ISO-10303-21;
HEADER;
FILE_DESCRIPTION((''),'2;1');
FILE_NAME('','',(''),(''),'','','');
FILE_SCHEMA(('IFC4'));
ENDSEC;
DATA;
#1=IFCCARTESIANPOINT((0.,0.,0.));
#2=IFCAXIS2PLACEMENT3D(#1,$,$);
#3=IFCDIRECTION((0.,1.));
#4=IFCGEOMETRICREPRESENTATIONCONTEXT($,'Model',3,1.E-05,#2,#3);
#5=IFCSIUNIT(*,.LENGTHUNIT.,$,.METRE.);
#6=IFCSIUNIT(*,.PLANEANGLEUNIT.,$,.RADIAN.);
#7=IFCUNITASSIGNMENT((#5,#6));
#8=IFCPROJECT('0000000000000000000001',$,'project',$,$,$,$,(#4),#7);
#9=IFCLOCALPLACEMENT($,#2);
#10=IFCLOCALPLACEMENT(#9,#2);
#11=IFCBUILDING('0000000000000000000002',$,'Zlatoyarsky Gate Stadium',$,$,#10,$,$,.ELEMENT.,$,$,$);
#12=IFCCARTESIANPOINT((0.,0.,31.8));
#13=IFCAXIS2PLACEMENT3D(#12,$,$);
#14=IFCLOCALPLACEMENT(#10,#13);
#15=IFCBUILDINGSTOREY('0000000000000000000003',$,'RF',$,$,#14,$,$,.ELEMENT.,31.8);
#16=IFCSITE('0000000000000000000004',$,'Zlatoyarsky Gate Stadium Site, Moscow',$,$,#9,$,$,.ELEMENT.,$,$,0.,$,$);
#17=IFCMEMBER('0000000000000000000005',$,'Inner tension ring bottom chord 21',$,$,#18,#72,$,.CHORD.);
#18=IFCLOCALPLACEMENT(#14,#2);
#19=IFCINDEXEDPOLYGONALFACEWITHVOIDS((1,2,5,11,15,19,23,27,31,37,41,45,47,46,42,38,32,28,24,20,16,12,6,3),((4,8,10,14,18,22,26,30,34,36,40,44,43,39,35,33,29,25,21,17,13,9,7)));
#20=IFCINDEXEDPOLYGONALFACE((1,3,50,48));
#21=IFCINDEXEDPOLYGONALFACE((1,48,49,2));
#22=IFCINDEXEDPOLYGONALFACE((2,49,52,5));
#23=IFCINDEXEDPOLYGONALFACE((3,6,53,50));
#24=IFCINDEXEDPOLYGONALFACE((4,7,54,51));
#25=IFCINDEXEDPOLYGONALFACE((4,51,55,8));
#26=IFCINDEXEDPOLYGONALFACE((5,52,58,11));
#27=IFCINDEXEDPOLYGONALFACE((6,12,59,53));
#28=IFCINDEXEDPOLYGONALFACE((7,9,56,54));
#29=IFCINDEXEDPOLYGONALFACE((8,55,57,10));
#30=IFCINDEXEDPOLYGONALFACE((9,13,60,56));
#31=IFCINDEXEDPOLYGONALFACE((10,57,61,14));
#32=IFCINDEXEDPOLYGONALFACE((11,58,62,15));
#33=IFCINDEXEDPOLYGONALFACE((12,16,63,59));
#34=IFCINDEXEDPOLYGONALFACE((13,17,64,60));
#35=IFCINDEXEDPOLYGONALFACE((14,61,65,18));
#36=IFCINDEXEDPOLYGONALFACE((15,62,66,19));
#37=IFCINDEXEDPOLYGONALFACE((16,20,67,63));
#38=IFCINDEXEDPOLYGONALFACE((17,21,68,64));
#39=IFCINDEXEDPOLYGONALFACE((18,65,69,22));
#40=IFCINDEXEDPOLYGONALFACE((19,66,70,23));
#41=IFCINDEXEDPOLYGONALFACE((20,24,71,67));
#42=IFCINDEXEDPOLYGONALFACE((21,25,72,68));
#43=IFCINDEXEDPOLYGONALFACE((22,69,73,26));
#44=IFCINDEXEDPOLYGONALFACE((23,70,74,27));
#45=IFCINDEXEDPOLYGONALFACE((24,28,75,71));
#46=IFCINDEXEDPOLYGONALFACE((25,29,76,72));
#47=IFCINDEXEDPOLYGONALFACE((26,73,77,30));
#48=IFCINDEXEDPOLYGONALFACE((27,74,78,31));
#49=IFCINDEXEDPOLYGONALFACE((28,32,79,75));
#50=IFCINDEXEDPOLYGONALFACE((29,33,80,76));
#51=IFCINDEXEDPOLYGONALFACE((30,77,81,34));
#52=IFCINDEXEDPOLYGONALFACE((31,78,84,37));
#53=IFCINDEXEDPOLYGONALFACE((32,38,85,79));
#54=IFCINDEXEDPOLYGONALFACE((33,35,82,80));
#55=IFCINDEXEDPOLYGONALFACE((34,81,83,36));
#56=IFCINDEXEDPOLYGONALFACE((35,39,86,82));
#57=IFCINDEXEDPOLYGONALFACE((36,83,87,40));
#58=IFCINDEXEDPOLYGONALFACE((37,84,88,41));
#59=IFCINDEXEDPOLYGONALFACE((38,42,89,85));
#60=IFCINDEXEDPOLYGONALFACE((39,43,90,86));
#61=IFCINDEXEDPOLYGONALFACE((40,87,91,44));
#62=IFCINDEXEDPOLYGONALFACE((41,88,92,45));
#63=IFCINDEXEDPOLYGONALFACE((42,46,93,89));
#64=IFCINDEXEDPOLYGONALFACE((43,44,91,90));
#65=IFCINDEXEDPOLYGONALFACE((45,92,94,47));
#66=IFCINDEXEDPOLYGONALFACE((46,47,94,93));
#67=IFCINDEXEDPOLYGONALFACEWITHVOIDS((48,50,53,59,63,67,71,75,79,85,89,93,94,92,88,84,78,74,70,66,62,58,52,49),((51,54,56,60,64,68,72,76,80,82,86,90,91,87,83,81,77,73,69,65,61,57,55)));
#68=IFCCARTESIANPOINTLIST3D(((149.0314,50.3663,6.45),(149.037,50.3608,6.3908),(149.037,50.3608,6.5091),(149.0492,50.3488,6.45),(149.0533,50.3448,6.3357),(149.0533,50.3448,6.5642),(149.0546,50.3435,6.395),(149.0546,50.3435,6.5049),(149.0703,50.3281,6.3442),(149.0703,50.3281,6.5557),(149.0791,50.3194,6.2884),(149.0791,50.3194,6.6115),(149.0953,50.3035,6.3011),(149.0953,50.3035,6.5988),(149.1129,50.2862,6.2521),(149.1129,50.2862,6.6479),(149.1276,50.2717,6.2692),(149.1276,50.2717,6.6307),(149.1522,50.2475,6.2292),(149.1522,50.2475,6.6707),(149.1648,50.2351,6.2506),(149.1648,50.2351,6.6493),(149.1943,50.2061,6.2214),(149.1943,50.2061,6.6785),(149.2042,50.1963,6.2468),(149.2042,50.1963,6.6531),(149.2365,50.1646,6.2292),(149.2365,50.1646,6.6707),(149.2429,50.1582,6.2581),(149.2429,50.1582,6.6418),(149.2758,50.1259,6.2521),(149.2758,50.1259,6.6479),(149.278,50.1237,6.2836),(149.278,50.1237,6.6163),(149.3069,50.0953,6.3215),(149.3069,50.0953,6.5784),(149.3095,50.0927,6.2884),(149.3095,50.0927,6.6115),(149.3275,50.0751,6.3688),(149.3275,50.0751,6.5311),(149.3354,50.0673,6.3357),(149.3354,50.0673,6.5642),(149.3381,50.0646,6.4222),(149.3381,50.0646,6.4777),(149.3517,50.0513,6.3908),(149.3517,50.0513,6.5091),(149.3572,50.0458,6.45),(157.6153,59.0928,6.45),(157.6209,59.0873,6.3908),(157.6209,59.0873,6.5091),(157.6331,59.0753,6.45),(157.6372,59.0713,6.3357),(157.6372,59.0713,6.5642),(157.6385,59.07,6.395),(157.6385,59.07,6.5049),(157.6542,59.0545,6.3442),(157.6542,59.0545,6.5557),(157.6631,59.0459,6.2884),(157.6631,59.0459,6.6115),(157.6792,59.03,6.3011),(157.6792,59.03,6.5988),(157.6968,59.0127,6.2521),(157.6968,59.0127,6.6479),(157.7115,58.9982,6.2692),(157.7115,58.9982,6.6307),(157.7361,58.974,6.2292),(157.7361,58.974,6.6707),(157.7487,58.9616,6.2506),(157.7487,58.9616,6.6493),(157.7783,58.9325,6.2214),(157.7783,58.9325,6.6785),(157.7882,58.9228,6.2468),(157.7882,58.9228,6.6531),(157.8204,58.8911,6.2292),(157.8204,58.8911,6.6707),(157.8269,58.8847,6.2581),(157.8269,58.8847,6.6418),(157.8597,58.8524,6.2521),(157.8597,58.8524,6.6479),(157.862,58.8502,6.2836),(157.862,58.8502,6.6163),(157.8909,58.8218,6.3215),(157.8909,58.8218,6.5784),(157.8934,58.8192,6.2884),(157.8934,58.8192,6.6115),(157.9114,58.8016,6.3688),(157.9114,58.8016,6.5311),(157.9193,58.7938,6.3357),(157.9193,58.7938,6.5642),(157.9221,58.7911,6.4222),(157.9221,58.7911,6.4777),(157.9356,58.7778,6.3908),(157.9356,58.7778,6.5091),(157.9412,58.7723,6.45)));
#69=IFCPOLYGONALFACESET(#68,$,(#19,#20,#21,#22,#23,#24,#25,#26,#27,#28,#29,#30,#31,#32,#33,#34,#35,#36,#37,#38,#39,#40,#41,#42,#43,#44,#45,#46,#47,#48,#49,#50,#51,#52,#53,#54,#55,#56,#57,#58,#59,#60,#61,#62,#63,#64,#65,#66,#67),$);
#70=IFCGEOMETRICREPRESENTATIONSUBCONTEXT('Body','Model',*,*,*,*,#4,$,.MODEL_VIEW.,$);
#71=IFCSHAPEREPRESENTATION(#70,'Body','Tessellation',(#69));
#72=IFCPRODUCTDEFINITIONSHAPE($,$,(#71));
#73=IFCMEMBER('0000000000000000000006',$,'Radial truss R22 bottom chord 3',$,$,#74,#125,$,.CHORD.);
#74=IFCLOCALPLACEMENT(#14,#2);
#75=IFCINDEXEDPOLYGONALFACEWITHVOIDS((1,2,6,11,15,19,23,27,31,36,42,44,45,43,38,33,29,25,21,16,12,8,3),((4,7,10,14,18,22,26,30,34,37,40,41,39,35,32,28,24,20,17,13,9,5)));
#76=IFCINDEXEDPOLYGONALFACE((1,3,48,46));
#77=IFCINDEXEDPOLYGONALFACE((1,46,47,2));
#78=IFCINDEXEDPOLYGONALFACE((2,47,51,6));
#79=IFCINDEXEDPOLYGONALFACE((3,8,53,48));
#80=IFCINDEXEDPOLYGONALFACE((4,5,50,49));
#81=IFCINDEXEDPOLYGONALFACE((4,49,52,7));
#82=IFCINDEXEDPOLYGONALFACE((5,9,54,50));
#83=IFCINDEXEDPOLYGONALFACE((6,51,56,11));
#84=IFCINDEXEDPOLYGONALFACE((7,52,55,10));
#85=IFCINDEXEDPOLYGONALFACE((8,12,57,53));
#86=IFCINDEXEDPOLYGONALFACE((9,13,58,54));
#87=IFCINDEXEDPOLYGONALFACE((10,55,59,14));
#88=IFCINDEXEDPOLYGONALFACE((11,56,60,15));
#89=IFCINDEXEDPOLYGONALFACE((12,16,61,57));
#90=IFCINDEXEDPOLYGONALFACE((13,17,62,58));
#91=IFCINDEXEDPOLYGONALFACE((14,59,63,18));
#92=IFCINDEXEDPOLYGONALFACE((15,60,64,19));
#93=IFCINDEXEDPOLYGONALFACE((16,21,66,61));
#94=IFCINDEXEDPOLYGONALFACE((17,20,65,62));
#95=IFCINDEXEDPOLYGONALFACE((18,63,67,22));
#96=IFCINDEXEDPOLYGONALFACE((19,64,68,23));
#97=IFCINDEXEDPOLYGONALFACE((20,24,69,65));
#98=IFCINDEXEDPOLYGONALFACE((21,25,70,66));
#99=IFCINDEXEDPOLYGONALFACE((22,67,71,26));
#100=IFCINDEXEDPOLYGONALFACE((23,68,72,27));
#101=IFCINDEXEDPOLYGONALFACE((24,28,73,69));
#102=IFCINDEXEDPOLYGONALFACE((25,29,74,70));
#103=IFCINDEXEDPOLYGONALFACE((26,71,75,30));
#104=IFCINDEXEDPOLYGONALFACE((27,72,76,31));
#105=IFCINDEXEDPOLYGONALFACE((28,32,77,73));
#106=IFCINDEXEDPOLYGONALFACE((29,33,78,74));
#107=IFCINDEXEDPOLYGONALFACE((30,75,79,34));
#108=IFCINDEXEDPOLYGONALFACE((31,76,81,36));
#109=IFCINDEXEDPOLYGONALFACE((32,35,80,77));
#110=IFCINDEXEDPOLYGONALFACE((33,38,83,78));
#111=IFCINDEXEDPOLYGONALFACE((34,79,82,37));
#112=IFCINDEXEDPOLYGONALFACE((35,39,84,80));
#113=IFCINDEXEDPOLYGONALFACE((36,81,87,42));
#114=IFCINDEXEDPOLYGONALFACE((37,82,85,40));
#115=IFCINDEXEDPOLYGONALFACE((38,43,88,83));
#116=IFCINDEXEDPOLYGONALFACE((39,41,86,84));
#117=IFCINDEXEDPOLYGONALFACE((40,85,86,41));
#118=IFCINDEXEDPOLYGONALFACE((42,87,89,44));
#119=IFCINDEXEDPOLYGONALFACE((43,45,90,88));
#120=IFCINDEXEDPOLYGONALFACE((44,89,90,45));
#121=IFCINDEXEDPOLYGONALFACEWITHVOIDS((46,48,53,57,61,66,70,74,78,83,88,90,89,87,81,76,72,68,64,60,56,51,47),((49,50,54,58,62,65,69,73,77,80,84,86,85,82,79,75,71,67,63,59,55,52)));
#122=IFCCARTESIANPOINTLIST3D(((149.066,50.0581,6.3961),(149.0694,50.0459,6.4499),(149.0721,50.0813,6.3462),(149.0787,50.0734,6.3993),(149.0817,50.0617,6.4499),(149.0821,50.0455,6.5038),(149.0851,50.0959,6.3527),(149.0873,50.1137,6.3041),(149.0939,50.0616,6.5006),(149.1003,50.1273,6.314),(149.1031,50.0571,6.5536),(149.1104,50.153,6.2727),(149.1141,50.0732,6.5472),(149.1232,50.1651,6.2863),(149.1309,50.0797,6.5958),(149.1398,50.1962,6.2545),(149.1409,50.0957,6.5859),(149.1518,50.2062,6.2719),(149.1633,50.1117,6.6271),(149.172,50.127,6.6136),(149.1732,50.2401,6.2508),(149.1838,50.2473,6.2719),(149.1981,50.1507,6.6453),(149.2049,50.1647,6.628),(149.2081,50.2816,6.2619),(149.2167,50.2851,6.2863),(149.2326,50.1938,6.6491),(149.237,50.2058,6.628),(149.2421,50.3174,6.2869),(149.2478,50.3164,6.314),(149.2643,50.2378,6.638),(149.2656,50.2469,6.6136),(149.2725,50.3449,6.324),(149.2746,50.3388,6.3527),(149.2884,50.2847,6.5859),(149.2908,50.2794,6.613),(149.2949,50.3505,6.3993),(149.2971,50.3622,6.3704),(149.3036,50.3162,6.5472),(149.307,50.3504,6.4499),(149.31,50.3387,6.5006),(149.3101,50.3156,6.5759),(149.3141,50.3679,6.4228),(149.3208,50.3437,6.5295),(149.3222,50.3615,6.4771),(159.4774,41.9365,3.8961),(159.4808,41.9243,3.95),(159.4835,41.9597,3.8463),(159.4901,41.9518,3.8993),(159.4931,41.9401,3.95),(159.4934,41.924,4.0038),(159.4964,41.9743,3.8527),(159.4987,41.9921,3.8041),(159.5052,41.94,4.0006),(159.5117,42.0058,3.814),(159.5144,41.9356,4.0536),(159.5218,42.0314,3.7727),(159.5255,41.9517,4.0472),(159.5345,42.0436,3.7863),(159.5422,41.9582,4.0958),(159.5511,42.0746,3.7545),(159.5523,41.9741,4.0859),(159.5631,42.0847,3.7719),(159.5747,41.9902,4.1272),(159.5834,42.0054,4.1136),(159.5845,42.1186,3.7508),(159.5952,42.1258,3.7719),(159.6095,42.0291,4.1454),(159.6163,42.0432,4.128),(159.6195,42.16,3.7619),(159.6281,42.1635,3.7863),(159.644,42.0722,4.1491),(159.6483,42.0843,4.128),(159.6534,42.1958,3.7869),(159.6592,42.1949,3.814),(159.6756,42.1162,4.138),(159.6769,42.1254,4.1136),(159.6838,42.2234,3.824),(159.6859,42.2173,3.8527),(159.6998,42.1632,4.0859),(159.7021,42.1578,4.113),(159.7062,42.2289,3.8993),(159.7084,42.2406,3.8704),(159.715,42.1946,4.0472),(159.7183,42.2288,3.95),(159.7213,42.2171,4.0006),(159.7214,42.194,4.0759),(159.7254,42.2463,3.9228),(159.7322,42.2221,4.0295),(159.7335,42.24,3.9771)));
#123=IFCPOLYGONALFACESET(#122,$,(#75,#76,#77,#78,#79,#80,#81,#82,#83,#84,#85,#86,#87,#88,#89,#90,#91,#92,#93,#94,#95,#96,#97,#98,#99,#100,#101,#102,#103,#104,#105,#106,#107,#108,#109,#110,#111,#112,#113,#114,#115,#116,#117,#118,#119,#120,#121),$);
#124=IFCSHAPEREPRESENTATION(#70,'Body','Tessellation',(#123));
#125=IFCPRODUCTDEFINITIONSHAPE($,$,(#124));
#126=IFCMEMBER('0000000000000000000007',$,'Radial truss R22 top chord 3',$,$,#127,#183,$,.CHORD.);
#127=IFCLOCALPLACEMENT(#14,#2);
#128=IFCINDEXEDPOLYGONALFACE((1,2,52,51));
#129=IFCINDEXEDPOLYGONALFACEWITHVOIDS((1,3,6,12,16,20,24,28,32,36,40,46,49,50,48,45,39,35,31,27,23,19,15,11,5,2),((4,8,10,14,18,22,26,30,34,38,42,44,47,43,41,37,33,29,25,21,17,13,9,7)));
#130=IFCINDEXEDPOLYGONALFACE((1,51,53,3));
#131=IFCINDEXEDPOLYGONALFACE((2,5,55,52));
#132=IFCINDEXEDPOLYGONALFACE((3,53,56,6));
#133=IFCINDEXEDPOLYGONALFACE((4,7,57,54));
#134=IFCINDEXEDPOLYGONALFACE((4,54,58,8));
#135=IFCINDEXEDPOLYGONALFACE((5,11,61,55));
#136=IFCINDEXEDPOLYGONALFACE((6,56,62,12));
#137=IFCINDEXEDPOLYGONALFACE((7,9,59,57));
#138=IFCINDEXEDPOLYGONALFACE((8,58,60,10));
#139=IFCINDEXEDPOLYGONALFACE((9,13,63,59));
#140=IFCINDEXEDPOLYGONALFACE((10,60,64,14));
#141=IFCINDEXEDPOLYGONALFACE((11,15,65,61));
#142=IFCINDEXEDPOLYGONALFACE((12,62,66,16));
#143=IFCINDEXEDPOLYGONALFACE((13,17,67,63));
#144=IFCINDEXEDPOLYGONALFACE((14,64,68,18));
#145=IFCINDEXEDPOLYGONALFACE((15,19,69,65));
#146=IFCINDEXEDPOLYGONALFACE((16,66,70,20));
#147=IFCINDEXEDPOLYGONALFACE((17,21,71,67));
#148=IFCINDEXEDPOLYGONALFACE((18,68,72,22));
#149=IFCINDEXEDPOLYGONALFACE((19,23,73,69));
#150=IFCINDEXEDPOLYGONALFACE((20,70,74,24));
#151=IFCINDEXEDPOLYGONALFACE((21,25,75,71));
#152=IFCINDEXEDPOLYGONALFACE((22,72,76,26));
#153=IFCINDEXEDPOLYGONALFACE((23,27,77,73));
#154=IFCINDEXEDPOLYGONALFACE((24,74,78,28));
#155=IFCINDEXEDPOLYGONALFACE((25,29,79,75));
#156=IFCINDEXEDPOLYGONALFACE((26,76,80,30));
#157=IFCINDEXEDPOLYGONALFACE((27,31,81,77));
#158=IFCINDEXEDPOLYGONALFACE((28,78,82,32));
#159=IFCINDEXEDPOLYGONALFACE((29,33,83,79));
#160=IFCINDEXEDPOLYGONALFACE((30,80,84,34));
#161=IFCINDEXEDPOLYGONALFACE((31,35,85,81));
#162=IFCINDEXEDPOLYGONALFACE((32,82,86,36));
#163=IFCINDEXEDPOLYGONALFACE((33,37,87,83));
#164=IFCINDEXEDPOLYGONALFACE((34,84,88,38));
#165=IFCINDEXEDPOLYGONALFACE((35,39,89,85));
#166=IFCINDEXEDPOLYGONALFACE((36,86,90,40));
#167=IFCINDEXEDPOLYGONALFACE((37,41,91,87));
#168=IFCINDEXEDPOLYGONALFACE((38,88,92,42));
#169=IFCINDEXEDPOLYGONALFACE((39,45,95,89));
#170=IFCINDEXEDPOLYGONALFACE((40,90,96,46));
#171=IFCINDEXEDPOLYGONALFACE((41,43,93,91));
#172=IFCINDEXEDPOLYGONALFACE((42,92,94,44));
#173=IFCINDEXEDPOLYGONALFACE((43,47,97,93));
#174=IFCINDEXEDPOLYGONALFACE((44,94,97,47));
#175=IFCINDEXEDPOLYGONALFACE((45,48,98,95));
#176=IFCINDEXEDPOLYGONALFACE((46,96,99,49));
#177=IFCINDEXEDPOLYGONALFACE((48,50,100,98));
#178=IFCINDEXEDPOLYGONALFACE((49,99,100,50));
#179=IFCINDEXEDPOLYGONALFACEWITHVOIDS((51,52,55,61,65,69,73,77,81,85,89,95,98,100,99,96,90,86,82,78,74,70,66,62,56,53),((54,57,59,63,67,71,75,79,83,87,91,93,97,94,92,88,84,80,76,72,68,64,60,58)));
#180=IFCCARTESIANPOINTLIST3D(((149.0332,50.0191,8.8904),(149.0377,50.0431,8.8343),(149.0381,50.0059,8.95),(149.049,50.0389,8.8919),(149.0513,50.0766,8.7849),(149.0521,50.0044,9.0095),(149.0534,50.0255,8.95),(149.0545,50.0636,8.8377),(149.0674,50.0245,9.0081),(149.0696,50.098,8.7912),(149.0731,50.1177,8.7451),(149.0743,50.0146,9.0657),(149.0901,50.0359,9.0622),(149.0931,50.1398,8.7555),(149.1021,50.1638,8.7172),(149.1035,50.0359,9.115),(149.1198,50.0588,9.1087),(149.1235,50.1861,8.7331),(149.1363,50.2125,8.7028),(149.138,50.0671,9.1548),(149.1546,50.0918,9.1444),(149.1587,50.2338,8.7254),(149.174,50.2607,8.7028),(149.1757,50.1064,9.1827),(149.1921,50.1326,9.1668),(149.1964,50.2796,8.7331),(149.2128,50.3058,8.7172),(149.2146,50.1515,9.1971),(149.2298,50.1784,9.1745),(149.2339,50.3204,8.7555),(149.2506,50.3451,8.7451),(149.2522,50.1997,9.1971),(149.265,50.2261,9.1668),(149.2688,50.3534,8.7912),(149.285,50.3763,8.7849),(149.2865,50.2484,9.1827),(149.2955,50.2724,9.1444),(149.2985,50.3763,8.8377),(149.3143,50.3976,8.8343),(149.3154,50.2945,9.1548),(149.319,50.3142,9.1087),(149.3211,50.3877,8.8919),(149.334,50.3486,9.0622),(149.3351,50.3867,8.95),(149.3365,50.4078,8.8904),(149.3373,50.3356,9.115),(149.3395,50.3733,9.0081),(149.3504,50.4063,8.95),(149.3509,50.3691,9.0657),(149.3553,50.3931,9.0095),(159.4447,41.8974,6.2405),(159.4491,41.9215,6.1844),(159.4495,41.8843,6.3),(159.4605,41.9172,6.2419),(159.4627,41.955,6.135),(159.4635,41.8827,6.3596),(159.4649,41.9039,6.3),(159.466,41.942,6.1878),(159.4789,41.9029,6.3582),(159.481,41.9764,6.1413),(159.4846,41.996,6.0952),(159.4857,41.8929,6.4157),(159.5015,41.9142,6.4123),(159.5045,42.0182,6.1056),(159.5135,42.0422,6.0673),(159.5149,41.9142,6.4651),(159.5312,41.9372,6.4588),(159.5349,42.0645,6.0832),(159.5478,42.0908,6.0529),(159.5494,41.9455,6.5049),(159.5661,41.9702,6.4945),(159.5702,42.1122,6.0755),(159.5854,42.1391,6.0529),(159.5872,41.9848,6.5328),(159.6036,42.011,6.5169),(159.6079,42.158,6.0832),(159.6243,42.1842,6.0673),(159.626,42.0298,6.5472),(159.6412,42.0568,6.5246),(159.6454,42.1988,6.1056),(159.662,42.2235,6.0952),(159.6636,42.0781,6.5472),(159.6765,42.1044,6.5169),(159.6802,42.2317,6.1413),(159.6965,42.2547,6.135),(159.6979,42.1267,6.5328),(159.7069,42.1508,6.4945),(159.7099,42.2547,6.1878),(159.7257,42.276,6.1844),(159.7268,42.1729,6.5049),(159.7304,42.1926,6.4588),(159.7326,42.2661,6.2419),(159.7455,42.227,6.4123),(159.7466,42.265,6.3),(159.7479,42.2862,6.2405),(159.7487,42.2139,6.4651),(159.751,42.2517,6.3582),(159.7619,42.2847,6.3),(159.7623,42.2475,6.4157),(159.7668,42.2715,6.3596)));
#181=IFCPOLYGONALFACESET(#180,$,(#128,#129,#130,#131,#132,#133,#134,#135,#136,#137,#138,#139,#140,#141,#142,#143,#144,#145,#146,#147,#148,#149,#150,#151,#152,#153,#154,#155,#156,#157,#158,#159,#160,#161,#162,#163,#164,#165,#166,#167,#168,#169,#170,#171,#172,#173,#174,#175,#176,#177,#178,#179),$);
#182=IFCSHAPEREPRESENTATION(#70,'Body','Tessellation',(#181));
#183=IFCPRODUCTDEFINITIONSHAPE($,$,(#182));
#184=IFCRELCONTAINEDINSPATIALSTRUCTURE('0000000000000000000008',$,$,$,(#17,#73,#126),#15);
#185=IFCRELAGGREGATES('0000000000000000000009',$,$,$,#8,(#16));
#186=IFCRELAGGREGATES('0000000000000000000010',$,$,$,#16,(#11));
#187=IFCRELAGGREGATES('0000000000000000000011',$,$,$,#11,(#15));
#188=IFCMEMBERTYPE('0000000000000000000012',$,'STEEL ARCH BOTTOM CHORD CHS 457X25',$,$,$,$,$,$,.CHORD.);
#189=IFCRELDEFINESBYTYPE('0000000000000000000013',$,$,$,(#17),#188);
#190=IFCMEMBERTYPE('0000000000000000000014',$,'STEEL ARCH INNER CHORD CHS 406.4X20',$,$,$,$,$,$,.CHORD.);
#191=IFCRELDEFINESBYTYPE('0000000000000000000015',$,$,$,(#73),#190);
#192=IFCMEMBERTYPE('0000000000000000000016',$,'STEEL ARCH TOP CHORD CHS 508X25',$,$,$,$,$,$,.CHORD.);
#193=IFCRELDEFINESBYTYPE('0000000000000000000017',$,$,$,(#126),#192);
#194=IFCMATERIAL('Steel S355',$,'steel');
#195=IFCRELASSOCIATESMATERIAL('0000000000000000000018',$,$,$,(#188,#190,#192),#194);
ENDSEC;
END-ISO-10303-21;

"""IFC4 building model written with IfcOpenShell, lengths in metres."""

from ifc_helpers import new_model, si_unit, direction, frame, origin, origin_2d, place, context, subcontext, project, spatial, hollow_circle, extrude, material, material_profile, profile_set, type_object, element, save


model = new_model("IFC4")

# Units and contexts
model_context = context("Model", 3, precision=1e-05, world=origin(), true_north=direction((0.0, 1.0)))
body_context = subcontext(model_context, "Body", "Model", "MODEL_VIEW")
ifc_project = project(units=[si_unit("LENGTHUNIT", "METRE"), si_unit("PLANEANGLEUNIT", "RADIAN")], contexts=[model_context])

# Site, building, storey
site_placement = place(None, origin())
site = spatial("IfcSite", under=ifc_project, at=site_placement, Name="Zlatoyarsky Gate Stadium Site, Moscow", CompositionType="ELEMENT", RefElevation=0.0)
building_placement = place(site_placement, origin())
building = spatial("IfcBuilding", under=site, at=building_placement, Name="Zlatoyarsky Gate Stadium", CompositionType="ELEMENT")
storey_placement = place(building_placement, frame((0.0, 0.0, 31.8)))
storey = spatial("IfcBuildingStorey", under=building, at=storey_placement, Name="RF", CompositionType="ELEMENT", Elevation=31.8)

# Members
ifc_material_1 = material(Name="Steel S355", Category="steel")
ifc_material_profile_1 = material_profile(ifc_material_1, hollow_circle(Radius=0.2285, WallThickness=0.0249, at=origin_2d()), Name="CHS 457X25")
ifc_profile_set_1 = profile_set([ifc_material_profile_1], Name="Steel S355")
member_type_1 = type_object("IfcMemberType", Name="STEEL ARCH BOTTOM CHORD CHS 457X25", PredefinedType="CHORD", material=ifc_profile_set_1)
member_1_placement = place(storey_placement, frame((149.1943, 50.2061, 6.45), z_axis=(0.701259, 0.712907, 0.0), x_axis=(-0.712907, 0.701259, 0.0)))
element("IfcMember", 1, at=member_1_placement, inside=storey, type_object=member_type_1, Name="Inner tension ring bottom chord 21", PredefinedType="CHORD", context=body_context, shape_type="SweptSolid", body=[
    extrude(hollow_circle(Radius=0.2285, WallThickness=0.0249, at=origin_2d()), origin(), (0.0, 0.0, 1.0), 12.2407),
])
ifc_material_profile_2 = material_profile(ifc_material_1, hollow_circle(Radius=0.2031, WallThickness=0.02, at=origin_2d()), Name="CHS 406.4X20")
ifc_profile_set_2 = profile_set([ifc_material_profile_2], Name="Steel S355")
member_type_2 = type_object("IfcMemberType", Name="STEEL ARCH INNER CHORD CHS 406.4X20", PredefinedType="CHORD", material=ifc_profile_set_2)
member_2_placement = place(storey_placement, frame((159.6057, 42.0845, 3.95), z_axis=(-0.774713, 0.604329, 0.186026), x_axis=(-0.615065, -0.788476, 0.0)))
element("IfcMember", 2, at=member_2_placement, inside=storey, type_object=member_type_2, Name="Radial truss R22 bottom chord 3", PredefinedType="CHORD", context=body_context, shape_type="SweptSolid", body=[
    extrude(hollow_circle(Radius=0.2031, WallThickness=0.02, at=origin_2d()), origin(), (0.0, 0.0, 1.0), 13.439),
])
ifc_material_profile_3 = material_profile(ifc_material_1, hollow_circle(Radius=0.2539, WallThickness=0.0249, at=origin_2d()), Name="CHS 508X25")
ifc_profile_set_3 = profile_set([ifc_material_profile_3], Name="Steel S355")
member_type_3 = type_object("IfcMemberType", Name="STEEL ARCH TOP CHORD CHS 508X25", PredefinedType="CHORD", material=ifc_profile_set_3)
member_3_placement = place(storey_placement, frame((159.6057, 42.0845, 6.3), z_axis=(-0.773063, 0.603042, 0.19676), x_axis=(-0.615065, -0.788476, 0.0)))
element("IfcMember", 3, at=member_3_placement, inside=storey, type_object=member_type_3, Name="Radial truss R22 top chord 3", PredefinedType="CHORD", context=body_context, shape_type="SweptSolid", body=[
    extrude(hollow_circle(Radius=0.2539, WallThickness=0.0249, at=origin_2d()), origin(), (0.0, 0.0, 1.0), 13.4678),
])

save(model, "model.ifc")
